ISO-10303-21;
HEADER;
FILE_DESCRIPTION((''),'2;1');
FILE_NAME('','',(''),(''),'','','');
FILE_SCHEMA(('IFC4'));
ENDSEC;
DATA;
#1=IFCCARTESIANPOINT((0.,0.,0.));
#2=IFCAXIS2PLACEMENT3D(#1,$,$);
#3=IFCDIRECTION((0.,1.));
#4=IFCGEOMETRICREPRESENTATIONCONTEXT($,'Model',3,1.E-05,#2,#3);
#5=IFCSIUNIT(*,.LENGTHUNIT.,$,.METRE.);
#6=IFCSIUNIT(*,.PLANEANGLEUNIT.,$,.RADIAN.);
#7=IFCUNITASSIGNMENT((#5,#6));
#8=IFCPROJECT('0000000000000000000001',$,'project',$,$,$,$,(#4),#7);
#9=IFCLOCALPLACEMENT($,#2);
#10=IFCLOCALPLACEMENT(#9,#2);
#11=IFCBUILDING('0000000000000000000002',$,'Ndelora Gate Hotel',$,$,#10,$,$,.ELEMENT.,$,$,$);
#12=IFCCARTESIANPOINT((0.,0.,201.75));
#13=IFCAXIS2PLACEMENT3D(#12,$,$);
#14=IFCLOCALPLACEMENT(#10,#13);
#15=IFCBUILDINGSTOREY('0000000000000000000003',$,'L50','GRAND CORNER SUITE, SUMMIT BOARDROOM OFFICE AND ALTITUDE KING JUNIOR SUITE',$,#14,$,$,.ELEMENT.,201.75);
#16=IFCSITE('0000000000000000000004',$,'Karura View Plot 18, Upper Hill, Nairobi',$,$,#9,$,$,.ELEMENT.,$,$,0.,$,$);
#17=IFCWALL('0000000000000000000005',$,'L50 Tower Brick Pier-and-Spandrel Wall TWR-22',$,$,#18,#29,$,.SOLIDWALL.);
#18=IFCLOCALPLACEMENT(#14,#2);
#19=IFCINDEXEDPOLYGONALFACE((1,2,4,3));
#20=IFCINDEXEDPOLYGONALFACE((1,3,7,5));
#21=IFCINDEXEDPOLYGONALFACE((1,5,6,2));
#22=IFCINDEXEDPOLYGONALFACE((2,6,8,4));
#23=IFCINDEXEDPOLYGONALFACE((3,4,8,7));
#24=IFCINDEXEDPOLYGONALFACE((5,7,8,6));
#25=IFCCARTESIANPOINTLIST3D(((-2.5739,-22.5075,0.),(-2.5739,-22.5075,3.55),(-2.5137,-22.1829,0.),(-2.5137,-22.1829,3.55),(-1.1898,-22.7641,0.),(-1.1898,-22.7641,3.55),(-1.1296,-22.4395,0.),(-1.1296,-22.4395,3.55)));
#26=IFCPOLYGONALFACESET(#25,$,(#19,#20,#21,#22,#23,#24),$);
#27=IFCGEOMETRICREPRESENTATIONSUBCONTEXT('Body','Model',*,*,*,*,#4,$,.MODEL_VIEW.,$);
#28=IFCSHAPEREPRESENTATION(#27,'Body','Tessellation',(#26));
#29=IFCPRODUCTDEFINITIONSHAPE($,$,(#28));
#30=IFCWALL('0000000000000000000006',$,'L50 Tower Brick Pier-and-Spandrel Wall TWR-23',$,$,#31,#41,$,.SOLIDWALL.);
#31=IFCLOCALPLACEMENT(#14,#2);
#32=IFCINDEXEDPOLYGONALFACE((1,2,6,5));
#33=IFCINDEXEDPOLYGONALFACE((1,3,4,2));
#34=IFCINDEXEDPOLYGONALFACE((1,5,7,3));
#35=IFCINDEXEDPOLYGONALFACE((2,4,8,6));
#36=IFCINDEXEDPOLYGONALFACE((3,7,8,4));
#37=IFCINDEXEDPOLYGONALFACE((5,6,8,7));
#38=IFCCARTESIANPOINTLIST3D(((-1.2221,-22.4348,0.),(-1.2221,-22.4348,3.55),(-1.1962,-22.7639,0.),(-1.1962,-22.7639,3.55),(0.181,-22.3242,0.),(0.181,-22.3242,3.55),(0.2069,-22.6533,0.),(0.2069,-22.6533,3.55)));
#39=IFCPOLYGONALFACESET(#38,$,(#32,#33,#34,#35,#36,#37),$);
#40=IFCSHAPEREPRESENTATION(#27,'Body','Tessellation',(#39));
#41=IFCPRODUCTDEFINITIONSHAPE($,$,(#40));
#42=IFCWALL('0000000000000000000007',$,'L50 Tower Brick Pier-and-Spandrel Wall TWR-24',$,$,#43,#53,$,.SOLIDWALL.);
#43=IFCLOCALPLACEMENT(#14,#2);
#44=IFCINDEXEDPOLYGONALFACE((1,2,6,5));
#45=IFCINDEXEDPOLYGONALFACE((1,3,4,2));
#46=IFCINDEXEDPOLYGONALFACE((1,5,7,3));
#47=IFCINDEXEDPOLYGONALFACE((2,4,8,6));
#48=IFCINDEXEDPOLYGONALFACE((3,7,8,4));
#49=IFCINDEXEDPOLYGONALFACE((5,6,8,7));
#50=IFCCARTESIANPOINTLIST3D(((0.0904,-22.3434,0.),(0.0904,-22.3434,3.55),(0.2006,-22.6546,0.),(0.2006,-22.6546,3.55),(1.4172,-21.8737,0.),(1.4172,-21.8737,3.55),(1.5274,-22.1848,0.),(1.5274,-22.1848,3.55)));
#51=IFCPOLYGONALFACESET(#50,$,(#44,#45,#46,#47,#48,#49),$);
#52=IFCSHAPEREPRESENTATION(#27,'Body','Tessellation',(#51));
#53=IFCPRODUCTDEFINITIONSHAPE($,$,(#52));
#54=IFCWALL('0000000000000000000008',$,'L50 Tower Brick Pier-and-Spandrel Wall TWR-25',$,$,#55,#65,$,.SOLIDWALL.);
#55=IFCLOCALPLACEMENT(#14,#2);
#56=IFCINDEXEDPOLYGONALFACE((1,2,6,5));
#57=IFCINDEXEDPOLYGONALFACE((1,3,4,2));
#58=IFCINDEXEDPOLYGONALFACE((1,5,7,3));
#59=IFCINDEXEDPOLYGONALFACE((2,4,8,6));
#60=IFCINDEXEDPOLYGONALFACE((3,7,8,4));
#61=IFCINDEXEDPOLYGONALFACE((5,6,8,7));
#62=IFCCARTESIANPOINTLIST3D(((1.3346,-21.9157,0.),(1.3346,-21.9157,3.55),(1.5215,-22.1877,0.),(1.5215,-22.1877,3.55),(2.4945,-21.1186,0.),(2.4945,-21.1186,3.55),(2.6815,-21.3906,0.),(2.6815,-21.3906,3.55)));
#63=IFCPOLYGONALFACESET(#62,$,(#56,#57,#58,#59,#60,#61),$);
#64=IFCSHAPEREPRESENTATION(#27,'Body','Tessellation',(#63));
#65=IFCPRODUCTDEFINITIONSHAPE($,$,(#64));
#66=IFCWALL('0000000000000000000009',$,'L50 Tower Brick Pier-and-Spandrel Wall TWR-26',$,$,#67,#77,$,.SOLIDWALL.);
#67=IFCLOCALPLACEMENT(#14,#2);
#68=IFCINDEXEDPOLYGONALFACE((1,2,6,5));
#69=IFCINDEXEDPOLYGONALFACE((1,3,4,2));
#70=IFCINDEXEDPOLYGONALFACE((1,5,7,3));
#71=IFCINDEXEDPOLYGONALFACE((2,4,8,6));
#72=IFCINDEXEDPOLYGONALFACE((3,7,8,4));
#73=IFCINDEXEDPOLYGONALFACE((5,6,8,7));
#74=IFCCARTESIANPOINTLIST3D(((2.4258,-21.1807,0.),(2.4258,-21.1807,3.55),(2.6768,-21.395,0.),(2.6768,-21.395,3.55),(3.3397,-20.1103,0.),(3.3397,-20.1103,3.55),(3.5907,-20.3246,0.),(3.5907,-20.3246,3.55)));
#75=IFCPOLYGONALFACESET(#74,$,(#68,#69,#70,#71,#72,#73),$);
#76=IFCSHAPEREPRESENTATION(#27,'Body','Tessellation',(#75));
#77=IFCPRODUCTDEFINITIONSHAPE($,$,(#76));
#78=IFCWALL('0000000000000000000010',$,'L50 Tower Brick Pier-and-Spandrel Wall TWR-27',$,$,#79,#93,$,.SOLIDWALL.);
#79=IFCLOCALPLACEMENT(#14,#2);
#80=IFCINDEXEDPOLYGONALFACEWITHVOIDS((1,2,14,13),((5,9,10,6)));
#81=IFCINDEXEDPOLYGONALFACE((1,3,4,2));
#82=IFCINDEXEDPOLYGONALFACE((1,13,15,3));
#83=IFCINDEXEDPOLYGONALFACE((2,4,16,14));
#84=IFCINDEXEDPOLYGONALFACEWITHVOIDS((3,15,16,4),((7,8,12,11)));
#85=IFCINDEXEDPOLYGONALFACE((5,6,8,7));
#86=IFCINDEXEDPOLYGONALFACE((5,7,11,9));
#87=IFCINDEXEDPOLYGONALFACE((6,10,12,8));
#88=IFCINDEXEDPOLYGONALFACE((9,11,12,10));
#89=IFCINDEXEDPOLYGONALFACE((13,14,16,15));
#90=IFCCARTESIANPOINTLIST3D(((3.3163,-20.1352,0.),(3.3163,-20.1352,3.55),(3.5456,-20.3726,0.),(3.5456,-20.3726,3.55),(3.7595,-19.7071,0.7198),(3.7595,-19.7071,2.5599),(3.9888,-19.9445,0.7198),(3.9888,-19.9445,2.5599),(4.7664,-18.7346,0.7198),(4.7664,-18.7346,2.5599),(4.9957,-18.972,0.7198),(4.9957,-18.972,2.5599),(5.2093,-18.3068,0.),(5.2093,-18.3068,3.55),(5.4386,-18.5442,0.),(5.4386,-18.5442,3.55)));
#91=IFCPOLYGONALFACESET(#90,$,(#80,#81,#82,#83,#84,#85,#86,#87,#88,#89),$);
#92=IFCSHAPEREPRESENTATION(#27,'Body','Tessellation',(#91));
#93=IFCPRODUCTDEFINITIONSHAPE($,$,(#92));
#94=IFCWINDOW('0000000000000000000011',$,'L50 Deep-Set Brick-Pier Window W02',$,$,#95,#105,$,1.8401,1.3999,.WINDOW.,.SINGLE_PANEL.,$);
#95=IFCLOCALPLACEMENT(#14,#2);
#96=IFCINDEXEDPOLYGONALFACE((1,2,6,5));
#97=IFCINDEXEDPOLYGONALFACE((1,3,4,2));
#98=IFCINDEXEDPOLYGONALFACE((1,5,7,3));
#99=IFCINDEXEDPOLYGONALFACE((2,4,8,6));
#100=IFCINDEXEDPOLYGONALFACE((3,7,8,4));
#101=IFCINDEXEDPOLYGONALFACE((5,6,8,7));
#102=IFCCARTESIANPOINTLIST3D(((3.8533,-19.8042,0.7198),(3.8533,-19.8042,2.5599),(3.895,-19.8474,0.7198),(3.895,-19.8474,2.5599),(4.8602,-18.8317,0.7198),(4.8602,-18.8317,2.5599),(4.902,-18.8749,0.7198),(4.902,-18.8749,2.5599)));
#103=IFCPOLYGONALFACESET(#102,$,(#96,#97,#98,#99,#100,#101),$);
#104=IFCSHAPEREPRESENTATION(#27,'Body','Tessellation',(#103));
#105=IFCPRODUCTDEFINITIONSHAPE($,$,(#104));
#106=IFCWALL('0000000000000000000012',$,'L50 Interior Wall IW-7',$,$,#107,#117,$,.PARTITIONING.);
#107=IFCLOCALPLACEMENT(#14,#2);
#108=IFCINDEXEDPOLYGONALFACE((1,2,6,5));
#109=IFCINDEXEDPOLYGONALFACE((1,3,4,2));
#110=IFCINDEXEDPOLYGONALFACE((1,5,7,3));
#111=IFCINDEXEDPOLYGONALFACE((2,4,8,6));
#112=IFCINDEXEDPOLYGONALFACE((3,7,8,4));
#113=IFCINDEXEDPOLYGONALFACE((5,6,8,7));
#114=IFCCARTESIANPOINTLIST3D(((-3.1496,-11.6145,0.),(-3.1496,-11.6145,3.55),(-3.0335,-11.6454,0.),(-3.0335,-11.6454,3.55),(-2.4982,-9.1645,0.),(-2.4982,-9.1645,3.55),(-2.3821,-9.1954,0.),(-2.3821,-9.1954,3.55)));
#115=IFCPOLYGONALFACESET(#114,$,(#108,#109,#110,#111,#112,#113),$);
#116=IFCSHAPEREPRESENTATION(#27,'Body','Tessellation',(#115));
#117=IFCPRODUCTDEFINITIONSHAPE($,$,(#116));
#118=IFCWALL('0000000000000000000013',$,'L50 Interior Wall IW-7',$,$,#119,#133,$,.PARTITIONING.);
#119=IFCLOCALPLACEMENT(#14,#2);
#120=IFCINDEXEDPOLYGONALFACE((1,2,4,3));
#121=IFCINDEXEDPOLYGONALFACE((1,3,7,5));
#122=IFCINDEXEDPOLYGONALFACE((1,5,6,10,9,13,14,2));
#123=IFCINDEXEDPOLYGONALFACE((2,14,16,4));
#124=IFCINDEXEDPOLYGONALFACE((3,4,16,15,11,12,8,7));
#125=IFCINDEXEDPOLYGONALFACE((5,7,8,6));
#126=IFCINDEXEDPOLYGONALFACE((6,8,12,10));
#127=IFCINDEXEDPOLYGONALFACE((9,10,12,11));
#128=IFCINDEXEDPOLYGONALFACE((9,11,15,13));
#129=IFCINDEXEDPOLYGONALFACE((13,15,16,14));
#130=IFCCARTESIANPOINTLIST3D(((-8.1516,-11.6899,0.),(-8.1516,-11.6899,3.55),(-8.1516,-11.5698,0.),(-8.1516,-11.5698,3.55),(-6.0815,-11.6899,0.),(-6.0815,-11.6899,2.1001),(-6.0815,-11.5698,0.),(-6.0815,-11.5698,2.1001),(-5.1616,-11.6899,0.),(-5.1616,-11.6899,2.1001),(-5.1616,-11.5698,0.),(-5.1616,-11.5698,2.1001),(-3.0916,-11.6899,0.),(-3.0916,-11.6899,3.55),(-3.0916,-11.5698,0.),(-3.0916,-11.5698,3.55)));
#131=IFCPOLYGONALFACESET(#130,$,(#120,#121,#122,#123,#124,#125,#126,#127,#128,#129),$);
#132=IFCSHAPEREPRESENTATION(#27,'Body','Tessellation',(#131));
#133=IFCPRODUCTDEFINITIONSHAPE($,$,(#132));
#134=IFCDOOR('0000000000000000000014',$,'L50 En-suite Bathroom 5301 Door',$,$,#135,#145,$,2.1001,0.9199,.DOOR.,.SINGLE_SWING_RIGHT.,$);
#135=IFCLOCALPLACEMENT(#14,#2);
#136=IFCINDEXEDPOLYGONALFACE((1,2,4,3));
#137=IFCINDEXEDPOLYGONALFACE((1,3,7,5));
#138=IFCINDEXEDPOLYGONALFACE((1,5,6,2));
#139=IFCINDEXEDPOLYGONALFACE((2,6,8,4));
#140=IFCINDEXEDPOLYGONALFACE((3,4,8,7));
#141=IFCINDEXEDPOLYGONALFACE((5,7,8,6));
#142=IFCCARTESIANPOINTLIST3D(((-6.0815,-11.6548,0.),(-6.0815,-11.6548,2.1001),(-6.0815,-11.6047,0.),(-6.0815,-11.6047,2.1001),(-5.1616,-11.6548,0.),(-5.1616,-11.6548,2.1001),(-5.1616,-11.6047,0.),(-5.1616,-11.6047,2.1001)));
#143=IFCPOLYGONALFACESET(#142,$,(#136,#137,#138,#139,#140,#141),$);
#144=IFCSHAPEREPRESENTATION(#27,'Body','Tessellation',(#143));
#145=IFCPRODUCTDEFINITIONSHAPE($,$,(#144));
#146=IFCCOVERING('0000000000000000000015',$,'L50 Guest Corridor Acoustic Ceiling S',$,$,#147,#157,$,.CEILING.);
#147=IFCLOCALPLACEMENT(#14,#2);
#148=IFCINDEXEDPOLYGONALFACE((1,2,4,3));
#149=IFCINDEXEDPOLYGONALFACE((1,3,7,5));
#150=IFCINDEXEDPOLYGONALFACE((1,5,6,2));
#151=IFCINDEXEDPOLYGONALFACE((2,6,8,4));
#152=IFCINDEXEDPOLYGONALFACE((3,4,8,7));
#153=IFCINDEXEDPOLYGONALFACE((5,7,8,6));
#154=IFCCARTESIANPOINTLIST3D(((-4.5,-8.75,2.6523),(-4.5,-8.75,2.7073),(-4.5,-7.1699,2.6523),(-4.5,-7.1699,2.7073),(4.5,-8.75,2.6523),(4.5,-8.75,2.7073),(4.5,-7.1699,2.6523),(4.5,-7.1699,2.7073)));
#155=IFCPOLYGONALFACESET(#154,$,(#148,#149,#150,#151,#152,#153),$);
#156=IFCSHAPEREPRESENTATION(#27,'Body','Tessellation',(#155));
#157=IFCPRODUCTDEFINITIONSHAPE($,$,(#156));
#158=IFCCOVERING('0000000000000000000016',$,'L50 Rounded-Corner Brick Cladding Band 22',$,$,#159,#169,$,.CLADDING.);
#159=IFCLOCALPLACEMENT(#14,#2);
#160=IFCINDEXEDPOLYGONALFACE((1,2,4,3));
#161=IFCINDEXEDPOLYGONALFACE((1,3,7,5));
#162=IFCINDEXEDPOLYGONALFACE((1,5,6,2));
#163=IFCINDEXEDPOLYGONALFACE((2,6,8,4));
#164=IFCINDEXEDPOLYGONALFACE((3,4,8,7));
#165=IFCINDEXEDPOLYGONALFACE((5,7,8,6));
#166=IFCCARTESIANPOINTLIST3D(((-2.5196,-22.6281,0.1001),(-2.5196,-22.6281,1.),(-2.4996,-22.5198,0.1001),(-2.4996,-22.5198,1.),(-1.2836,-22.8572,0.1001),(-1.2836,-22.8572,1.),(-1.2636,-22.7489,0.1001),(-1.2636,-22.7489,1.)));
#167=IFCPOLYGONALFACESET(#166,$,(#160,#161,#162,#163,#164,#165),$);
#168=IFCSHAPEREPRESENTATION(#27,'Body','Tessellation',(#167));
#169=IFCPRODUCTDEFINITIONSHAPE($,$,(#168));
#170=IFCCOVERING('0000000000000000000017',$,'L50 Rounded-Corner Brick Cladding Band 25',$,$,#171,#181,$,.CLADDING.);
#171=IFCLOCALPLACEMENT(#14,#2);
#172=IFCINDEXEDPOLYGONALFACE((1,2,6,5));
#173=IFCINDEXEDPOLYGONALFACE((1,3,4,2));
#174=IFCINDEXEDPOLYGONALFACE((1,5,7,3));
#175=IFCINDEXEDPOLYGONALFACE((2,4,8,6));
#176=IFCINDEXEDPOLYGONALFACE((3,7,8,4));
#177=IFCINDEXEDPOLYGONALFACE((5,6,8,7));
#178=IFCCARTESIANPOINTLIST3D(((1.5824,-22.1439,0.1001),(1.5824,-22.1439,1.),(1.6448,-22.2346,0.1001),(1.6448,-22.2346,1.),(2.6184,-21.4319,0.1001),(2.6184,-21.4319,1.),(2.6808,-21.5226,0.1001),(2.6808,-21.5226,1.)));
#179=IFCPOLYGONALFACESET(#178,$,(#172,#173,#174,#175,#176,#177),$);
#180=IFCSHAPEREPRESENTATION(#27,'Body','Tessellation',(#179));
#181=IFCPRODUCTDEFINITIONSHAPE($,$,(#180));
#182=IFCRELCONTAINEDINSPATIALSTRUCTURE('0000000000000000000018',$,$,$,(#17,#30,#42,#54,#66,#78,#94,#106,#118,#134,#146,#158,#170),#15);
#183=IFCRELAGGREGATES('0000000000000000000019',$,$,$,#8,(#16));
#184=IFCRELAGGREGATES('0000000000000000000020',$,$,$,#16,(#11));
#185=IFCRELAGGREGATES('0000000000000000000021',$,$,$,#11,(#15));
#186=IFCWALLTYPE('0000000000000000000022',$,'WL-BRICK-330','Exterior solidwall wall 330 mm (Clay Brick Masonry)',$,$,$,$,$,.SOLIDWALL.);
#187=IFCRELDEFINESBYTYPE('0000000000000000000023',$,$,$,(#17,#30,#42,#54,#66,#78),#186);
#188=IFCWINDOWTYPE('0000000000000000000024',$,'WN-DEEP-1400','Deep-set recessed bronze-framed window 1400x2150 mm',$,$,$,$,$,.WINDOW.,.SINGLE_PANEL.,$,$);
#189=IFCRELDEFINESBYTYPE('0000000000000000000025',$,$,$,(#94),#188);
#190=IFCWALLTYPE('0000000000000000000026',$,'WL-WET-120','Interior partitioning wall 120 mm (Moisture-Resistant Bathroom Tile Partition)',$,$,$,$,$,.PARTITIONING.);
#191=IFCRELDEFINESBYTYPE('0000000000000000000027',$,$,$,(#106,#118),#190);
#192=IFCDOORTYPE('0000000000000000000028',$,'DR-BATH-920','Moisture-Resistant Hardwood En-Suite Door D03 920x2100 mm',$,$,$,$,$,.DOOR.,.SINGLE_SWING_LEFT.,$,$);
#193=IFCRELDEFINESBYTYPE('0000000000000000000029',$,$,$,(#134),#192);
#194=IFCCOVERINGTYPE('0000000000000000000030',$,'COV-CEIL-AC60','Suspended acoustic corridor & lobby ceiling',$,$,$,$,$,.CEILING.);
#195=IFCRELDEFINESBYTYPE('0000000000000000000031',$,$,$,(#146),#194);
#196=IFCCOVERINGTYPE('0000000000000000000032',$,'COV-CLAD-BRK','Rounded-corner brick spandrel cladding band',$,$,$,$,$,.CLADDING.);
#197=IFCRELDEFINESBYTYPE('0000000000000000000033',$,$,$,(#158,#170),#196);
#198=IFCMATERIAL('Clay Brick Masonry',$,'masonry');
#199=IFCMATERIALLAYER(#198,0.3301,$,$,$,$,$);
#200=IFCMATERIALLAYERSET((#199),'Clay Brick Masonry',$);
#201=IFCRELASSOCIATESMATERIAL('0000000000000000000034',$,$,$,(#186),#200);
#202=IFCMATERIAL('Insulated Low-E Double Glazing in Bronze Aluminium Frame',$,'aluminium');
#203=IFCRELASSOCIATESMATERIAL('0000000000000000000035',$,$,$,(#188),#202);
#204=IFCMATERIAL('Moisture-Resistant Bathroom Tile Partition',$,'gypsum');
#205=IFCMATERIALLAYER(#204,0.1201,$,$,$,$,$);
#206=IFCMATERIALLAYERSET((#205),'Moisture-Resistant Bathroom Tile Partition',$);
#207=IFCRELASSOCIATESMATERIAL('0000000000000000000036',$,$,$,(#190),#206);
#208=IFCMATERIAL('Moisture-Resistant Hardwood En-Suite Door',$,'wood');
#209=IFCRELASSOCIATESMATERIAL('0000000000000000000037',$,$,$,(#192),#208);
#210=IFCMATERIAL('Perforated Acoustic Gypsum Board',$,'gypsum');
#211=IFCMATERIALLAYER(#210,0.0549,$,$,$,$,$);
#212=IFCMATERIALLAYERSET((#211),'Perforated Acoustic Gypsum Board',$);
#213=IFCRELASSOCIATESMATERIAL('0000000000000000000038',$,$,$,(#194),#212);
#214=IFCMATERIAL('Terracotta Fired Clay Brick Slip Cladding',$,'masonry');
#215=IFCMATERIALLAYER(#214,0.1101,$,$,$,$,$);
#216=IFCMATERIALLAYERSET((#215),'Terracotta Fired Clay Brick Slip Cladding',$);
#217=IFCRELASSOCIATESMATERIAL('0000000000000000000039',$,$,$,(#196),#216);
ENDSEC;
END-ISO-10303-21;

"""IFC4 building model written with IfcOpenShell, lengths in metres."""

from ifc_helpers import new_model, si_unit, direction, frame, frame_2d, origin, origin_2d, place, context, subcontext, project, spatial, rectangle, extrude, material, layer, layer_set, type_object, element, fill, save


model = new_model("IFC4")

# Units and contexts
model_context = context("Model", 3, precision=1e-05, world=origin(), true_north=direction((0.0, 1.0)))
body_context = subcontext(model_context, "Body", "Model", "MODEL_VIEW")
ifc_project = project(units=[si_unit("LENGTHUNIT", "METRE"), si_unit("PLANEANGLEUNIT", "RADIAN")], contexts=[model_context])

# Site, building, storey
site_placement = place(None, origin())
site = spatial("IfcSite", under=ifc_project, at=site_placement, Name="Karura View Plot 18, Upper Hill, Nairobi", CompositionType="ELEMENT", RefElevation=0.0)
building_placement = place(site_placement, origin())
building = spatial("IfcBuilding", under=site, at=building_placement, Name="Ndelora Gate Hotel", CompositionType="ELEMENT")
storey_placement = place(building_placement, frame((0.0, 0.0, 201.75)))
storey = spatial("IfcBuildingStorey", under=building, at=storey_placement, Name="L50", Description="GRAND CORNER SUITE, SUMMIT BOARDROOM OFFICE AND ALTITUDE KING JUNIOR SUITE", CompositionType="ELEMENT", Elevation=201.75)

# Walls
ifc_material_1 = material(Name="Clay Brick Masonry", Category="masonry")
ifc_layer_1 = layer(ifc_material_1, 0.3301)
ifc_layer_set_1 = layer_set([ifc_layer_1], Name="Clay Brick Masonry")
wall_type_1 = type_object("IfcWallType", Name="WL-BRICK-330", Description="Exterior solidwall wall 330 mm (Clay Brick Masonry)", PredefinedType="SOLIDWALL", material=ifc_layer_set_1)
for number, where, z_axis, x_axis, name in (
    (1, (-1.1597, -22.6018, 0.0), (0.0, 0.0, 1.0), (-0.983245, 0.182288, 0.0), "L50 Tower Brick Pier-and-Spandrel Wall TWR-22"),
):
    element("IfcWall", number, at=place(storey_placement, frame(where, z_axis=z_axis, x_axis=x_axis)), inside=storey, type_object=wall_type_1, Name=name, PredefinedType="SOLIDWALL", context=body_context, shape_type="SweptSolid", body=[
        extrude(rectangle(XDim=1.4077, YDim=0.3301, at=frame_2d((0.7039, 0.0))), origin(), (0.0, 0.0, 1.0), 3.55),
    ])
for number, where, z_axis, x_axis, name in (
    (2, (0.1938, -22.4888, 0.0), (0.0, 0.0, 1.0), (-0.996908, -0.07858, 0.0), "L50 Tower Brick Pier-and-Spandrel Wall TWR-23"),
    (3, (1.4722, -22.0293, 0.0), (0.0, 0.0, 1.0), (-0.942657, -0.333764, 0.0), "L50 Tower Brick Pier-and-Spandrel Wall TWR-24"),
    (4, (2.5879, -21.2546, 0.0), (0.0, 0.0, 1.0), (-0.824148, -0.566374, 0.0), "L50 Tower Brick Pier-and-Spandrel Wall TWR-25"),
    (5, (3.4651, -20.2175, 0.0), (0.0, 0.0, 1.0), (-0.649319, -0.760516, 0.0), "L50 Tower Brick Pier-and-Spandrel Wall TWR-26"),
):
    element("IfcWall", number, at=place(storey_placement, frame(where, z_axis=z_axis, x_axis=x_axis)), inside=storey, type_object=wall_type_1, Name=name, PredefinedType="SOLIDWALL", context=body_context, shape_type="SweptSolid", body=[
        extrude(rectangle(XDim=1.4075, YDim=0.3301, at=frame_2d((0.7036, 0.0))), origin(), (0.0, 0.0, 1.0), 3.55),
    ])

# Wall, opening, window
wall_1_placement = place(storey_placement, frame((5.324, -18.4255, 0.0), z_axis=(0.0, 0.0, 1.0), x_axis=(-0.719291, -0.694709, 0.0)))
wall_1 = element("IfcWall", 6, at=wall_1_placement, inside=storey, type_object=wall_type_1, Name="L50 Tower Brick Pier-and-Spandrel Wall TWR-27", PredefinedType="SOLIDWALL", context=body_context, shape_type="SweptSolid", body=[
    extrude(rectangle(XDim=2.6318, YDim=0.3301, at=frame_2d((1.3159, 0.0))), origin(), (0.0, 0.0, 1.0), 3.55),
])
opening_1_placement = place(wall_1_placement, frame((0.6157, 0.0, 0.72)))
opening_1 = element("IfcOpeningElement", 7, at=opening_1_placement, cuts=wall_1, PredefinedType="OPENING", context=body_context, shape_type="SweptSolid", body=[
    extrude(rectangle(XDim=1.3999, YDim=1.8401, at=frame_2d((0.7, 0.9199))), frame((0.0, 0.175, 0.0), z_axis=(0.0, -1.0, 0.0), x_axis=(1.0, 0.0, 0.0)), (0.0, 0.0, 1.0), 0.3501),
])
ifc_material_2 = material(Name="Insulated Low-E Double Glazing in Bronze Aluminium Frame", Category="aluminium")
window_type = type_object("IfcWindowType", Name="WN-DEEP-1400", Description="Deep-set recessed bronze-framed window 1400x2150 mm", PartitioningType="SINGLE_PANEL", PredefinedType="WINDOW", material=ifc_material_2)
window_placement = place(opening_1_placement, origin())
window = element("IfcWindow", 8, at=window_placement, inside=storey, type_object=window_type, Name="L50 Deep-Set Brick-Pier Window W02", OverallHeight=1.8401, OverallWidth=1.3999, PartitioningType="SINGLE_PANEL", PredefinedType="WINDOW", context=body_context, shape_type="SweptSolid", body=[
    extrude(rectangle(XDim=1.3999, YDim=1.8401, at=frame_2d((0.7, 0.9199))), frame((0.0, 0.03, 0.0), z_axis=(0.0, -1.0, 0.0), x_axis=(1.0, 0.0, 0.0)), (0.0, 0.0, 1.0), 0.0601),
])
fill(opening_1, window)

# Wall
ifc_material_3 = material(Name="Moisture-Resistant Bathroom Tile Partition", Category="gypsum")
ifc_layer_2 = layer(ifc_material_3, 0.1201)
ifc_layer_set_2 = layer_set([ifc_layer_2], Name="Moisture-Resistant Bathroom Tile Partition")
wall_type_2 = type_object("IfcWallType", Name="WL-WET-120", Description="Interior partitioning wall 120 mm (Moisture-Resistant Bathroom Tile Partition)", PredefinedType="PARTITIONING", material=ifc_layer_set_2)
wall_2_placement = place(storey_placement, frame((-2.4402, -9.1799, 0.0), z_axis=(0.0, 0.0, 1.0), x_axis=(-0.256943, -0.966426, 0.0)))
element("IfcWall", 9, at=wall_2_placement, inside=storey, type_object=wall_type_2, Name="L50 Interior Wall IW-7", PredefinedType="PARTITIONING", context=body_context, shape_type="SweptSolid", body=[
    extrude(rectangle(XDim=2.5352, YDim=0.1201, at=frame_2d((1.2676, 0.0))), origin(), (0.0, 0.0, 1.0), 3.55),
])

# Wall, opening, door
wall_3_placement = place(storey_placement, frame((-3.0916, -11.6299, 0.0), z_axis=(0.0, 0.0, 1.0), x_axis=(-1.0, 0.0, 0.0)))
wall_3 = element("IfcWall", 10, at=wall_3_placement, inside=storey, type_object=wall_type_2, Name="L50 Interior Wall IW-7", PredefinedType="PARTITIONING", context=body_context, shape_type="SweptSolid", body=[
    extrude(rectangle(XDim=5.0601, YDim=0.1201, at=frame_2d((2.53, 0.0))), origin(), (0.0, 0.0, 1.0), 3.55),
])
opening_2_placement = place(wall_3_placement, frame((2.0701, 0.0, 0.0)))
opening_2 = element("IfcOpeningElement", 11, at=opening_2_placement, cuts=wall_3, PredefinedType="OPENING", context=body_context, shape_type="SweptSolid", body=[
    extrude(rectangle(XDim=0.9199, YDim=2.1001, at=frame_2d((0.46, 1.05))), frame((0.0, 0.0701, 0.0), z_axis=(0.0, -1.0, 0.0), x_axis=(1.0, 0.0, 0.0)), (0.0, 0.0, 1.0), 0.1401),
])
ifc_material_4 = material(Name="Moisture-Resistant Hardwood En-Suite Door", Category="wood")
door_type = type_object("IfcDoorType", Name="DR-BATH-920", Description="Moisture-Resistant Hardwood En-Suite Door D03 920x2100 mm", OperationType="SINGLE_SWING_LEFT", PredefinedType="DOOR", material=ifc_material_4)
door_placement = place(opening_2_placement, origin())
door = element("IfcDoor", 12, at=door_placement, inside=storey, type_object=door_type, Name="L50 En-suite Bathroom 5301 Door", OperationType="SINGLE_SWING_RIGHT", OverallHeight=2.1001, OverallWidth=0.9199, PredefinedType="DOOR", context=body_context, shape_type="SweptSolid", body=[
    extrude(rectangle(XDim=0.9199, YDim=2.1001, at=frame_2d((0.46, 1.05))), frame((0.0, 0.0249, 0.0), z_axis=(0.0, -1.0, 0.0), x_axis=(1.0, 0.0, 0.0)), (0.0, 0.0, 1.0), 0.05),
])
fill(opening_2, door)

# Coverings
ifc_material_5 = material(Name="Perforated Acoustic Gypsum Board", Category="gypsum")
ifc_layer_3 = layer(ifc_material_5, 0.0549)
ifc_layer_set_3 = layer_set([ifc_layer_3], Name="Perforated Acoustic Gypsum Board")
covering_type_1 = type_object("IfcCoveringType", Name="COV-CEIL-AC60", Description="Suspended acoustic corridor & lobby ceiling", PredefinedType="CEILING", material=ifc_layer_set_3)
covering_1_placement = place(storey_placement, frame((0.0, -7.96, 2.6523), z_axis=(0.0, 0.0, 1.0), x_axis=(1.0, 0.0, 0.0)))
element("IfcCovering", 13, at=covering_1_placement, inside=storey, type_object=covering_type_1, Name="L50 Guest Corridor Acoustic Ceiling S", PredefinedType="CEILING", context=body_context, shape_type="SweptSolid", body=[
    extrude(rectangle(XDim=9.0, YDim=1.5801, at=origin_2d()), origin(), (0.0, 0.0, 1.0), 0.0549),
])
ifc_material_6 = material(Name="Terracotta Fired Clay Brick Slip Cladding", Category="masonry")
ifc_layer_4 = layer(ifc_material_6, 0.1101)
ifc_layer_set_4 = layer_set([ifc_layer_4], Name="Terracotta Fired Clay Brick Slip Cladding")
covering_type_2 = type_object("IfcCoveringType", Name="COV-CLAD-BRK", Description="Rounded-corner brick spandrel cladding band", PredefinedType="CLADDING", material=ifc_layer_set_4)
for number, where, z_axis, x_axis, name in (
    (14, (-1.8916, -22.6885, 0.1001), (0.0, 0.0, 1.0), (-0.983255, 0.182236, 0.0), "L50 Rounded-Corner Brick Cladding Band 22"),
    (15, (2.1316, -21.8333, 0.1001), (0.0, 0.0, 1.0), (0.824126, 0.566406, 0.0), "L50 Rounded-Corner Brick Cladding Band 25"),
):
    element("IfcCovering", number, at=place(storey_placement, frame(where, z_axis=z_axis, x_axis=x_axis)), inside=storey, type_object=covering_type_2, Name=name, PredefinedType="CLADDING", context=body_context, shape_type="SweptSolid", body=[
        extrude(rectangle(XDim=1.2571, YDim=0.1101, at=origin_2d()), origin(), (0.0, 0.0, 1.0), 0.8999),
    ])

save(model, "model.ifc")
